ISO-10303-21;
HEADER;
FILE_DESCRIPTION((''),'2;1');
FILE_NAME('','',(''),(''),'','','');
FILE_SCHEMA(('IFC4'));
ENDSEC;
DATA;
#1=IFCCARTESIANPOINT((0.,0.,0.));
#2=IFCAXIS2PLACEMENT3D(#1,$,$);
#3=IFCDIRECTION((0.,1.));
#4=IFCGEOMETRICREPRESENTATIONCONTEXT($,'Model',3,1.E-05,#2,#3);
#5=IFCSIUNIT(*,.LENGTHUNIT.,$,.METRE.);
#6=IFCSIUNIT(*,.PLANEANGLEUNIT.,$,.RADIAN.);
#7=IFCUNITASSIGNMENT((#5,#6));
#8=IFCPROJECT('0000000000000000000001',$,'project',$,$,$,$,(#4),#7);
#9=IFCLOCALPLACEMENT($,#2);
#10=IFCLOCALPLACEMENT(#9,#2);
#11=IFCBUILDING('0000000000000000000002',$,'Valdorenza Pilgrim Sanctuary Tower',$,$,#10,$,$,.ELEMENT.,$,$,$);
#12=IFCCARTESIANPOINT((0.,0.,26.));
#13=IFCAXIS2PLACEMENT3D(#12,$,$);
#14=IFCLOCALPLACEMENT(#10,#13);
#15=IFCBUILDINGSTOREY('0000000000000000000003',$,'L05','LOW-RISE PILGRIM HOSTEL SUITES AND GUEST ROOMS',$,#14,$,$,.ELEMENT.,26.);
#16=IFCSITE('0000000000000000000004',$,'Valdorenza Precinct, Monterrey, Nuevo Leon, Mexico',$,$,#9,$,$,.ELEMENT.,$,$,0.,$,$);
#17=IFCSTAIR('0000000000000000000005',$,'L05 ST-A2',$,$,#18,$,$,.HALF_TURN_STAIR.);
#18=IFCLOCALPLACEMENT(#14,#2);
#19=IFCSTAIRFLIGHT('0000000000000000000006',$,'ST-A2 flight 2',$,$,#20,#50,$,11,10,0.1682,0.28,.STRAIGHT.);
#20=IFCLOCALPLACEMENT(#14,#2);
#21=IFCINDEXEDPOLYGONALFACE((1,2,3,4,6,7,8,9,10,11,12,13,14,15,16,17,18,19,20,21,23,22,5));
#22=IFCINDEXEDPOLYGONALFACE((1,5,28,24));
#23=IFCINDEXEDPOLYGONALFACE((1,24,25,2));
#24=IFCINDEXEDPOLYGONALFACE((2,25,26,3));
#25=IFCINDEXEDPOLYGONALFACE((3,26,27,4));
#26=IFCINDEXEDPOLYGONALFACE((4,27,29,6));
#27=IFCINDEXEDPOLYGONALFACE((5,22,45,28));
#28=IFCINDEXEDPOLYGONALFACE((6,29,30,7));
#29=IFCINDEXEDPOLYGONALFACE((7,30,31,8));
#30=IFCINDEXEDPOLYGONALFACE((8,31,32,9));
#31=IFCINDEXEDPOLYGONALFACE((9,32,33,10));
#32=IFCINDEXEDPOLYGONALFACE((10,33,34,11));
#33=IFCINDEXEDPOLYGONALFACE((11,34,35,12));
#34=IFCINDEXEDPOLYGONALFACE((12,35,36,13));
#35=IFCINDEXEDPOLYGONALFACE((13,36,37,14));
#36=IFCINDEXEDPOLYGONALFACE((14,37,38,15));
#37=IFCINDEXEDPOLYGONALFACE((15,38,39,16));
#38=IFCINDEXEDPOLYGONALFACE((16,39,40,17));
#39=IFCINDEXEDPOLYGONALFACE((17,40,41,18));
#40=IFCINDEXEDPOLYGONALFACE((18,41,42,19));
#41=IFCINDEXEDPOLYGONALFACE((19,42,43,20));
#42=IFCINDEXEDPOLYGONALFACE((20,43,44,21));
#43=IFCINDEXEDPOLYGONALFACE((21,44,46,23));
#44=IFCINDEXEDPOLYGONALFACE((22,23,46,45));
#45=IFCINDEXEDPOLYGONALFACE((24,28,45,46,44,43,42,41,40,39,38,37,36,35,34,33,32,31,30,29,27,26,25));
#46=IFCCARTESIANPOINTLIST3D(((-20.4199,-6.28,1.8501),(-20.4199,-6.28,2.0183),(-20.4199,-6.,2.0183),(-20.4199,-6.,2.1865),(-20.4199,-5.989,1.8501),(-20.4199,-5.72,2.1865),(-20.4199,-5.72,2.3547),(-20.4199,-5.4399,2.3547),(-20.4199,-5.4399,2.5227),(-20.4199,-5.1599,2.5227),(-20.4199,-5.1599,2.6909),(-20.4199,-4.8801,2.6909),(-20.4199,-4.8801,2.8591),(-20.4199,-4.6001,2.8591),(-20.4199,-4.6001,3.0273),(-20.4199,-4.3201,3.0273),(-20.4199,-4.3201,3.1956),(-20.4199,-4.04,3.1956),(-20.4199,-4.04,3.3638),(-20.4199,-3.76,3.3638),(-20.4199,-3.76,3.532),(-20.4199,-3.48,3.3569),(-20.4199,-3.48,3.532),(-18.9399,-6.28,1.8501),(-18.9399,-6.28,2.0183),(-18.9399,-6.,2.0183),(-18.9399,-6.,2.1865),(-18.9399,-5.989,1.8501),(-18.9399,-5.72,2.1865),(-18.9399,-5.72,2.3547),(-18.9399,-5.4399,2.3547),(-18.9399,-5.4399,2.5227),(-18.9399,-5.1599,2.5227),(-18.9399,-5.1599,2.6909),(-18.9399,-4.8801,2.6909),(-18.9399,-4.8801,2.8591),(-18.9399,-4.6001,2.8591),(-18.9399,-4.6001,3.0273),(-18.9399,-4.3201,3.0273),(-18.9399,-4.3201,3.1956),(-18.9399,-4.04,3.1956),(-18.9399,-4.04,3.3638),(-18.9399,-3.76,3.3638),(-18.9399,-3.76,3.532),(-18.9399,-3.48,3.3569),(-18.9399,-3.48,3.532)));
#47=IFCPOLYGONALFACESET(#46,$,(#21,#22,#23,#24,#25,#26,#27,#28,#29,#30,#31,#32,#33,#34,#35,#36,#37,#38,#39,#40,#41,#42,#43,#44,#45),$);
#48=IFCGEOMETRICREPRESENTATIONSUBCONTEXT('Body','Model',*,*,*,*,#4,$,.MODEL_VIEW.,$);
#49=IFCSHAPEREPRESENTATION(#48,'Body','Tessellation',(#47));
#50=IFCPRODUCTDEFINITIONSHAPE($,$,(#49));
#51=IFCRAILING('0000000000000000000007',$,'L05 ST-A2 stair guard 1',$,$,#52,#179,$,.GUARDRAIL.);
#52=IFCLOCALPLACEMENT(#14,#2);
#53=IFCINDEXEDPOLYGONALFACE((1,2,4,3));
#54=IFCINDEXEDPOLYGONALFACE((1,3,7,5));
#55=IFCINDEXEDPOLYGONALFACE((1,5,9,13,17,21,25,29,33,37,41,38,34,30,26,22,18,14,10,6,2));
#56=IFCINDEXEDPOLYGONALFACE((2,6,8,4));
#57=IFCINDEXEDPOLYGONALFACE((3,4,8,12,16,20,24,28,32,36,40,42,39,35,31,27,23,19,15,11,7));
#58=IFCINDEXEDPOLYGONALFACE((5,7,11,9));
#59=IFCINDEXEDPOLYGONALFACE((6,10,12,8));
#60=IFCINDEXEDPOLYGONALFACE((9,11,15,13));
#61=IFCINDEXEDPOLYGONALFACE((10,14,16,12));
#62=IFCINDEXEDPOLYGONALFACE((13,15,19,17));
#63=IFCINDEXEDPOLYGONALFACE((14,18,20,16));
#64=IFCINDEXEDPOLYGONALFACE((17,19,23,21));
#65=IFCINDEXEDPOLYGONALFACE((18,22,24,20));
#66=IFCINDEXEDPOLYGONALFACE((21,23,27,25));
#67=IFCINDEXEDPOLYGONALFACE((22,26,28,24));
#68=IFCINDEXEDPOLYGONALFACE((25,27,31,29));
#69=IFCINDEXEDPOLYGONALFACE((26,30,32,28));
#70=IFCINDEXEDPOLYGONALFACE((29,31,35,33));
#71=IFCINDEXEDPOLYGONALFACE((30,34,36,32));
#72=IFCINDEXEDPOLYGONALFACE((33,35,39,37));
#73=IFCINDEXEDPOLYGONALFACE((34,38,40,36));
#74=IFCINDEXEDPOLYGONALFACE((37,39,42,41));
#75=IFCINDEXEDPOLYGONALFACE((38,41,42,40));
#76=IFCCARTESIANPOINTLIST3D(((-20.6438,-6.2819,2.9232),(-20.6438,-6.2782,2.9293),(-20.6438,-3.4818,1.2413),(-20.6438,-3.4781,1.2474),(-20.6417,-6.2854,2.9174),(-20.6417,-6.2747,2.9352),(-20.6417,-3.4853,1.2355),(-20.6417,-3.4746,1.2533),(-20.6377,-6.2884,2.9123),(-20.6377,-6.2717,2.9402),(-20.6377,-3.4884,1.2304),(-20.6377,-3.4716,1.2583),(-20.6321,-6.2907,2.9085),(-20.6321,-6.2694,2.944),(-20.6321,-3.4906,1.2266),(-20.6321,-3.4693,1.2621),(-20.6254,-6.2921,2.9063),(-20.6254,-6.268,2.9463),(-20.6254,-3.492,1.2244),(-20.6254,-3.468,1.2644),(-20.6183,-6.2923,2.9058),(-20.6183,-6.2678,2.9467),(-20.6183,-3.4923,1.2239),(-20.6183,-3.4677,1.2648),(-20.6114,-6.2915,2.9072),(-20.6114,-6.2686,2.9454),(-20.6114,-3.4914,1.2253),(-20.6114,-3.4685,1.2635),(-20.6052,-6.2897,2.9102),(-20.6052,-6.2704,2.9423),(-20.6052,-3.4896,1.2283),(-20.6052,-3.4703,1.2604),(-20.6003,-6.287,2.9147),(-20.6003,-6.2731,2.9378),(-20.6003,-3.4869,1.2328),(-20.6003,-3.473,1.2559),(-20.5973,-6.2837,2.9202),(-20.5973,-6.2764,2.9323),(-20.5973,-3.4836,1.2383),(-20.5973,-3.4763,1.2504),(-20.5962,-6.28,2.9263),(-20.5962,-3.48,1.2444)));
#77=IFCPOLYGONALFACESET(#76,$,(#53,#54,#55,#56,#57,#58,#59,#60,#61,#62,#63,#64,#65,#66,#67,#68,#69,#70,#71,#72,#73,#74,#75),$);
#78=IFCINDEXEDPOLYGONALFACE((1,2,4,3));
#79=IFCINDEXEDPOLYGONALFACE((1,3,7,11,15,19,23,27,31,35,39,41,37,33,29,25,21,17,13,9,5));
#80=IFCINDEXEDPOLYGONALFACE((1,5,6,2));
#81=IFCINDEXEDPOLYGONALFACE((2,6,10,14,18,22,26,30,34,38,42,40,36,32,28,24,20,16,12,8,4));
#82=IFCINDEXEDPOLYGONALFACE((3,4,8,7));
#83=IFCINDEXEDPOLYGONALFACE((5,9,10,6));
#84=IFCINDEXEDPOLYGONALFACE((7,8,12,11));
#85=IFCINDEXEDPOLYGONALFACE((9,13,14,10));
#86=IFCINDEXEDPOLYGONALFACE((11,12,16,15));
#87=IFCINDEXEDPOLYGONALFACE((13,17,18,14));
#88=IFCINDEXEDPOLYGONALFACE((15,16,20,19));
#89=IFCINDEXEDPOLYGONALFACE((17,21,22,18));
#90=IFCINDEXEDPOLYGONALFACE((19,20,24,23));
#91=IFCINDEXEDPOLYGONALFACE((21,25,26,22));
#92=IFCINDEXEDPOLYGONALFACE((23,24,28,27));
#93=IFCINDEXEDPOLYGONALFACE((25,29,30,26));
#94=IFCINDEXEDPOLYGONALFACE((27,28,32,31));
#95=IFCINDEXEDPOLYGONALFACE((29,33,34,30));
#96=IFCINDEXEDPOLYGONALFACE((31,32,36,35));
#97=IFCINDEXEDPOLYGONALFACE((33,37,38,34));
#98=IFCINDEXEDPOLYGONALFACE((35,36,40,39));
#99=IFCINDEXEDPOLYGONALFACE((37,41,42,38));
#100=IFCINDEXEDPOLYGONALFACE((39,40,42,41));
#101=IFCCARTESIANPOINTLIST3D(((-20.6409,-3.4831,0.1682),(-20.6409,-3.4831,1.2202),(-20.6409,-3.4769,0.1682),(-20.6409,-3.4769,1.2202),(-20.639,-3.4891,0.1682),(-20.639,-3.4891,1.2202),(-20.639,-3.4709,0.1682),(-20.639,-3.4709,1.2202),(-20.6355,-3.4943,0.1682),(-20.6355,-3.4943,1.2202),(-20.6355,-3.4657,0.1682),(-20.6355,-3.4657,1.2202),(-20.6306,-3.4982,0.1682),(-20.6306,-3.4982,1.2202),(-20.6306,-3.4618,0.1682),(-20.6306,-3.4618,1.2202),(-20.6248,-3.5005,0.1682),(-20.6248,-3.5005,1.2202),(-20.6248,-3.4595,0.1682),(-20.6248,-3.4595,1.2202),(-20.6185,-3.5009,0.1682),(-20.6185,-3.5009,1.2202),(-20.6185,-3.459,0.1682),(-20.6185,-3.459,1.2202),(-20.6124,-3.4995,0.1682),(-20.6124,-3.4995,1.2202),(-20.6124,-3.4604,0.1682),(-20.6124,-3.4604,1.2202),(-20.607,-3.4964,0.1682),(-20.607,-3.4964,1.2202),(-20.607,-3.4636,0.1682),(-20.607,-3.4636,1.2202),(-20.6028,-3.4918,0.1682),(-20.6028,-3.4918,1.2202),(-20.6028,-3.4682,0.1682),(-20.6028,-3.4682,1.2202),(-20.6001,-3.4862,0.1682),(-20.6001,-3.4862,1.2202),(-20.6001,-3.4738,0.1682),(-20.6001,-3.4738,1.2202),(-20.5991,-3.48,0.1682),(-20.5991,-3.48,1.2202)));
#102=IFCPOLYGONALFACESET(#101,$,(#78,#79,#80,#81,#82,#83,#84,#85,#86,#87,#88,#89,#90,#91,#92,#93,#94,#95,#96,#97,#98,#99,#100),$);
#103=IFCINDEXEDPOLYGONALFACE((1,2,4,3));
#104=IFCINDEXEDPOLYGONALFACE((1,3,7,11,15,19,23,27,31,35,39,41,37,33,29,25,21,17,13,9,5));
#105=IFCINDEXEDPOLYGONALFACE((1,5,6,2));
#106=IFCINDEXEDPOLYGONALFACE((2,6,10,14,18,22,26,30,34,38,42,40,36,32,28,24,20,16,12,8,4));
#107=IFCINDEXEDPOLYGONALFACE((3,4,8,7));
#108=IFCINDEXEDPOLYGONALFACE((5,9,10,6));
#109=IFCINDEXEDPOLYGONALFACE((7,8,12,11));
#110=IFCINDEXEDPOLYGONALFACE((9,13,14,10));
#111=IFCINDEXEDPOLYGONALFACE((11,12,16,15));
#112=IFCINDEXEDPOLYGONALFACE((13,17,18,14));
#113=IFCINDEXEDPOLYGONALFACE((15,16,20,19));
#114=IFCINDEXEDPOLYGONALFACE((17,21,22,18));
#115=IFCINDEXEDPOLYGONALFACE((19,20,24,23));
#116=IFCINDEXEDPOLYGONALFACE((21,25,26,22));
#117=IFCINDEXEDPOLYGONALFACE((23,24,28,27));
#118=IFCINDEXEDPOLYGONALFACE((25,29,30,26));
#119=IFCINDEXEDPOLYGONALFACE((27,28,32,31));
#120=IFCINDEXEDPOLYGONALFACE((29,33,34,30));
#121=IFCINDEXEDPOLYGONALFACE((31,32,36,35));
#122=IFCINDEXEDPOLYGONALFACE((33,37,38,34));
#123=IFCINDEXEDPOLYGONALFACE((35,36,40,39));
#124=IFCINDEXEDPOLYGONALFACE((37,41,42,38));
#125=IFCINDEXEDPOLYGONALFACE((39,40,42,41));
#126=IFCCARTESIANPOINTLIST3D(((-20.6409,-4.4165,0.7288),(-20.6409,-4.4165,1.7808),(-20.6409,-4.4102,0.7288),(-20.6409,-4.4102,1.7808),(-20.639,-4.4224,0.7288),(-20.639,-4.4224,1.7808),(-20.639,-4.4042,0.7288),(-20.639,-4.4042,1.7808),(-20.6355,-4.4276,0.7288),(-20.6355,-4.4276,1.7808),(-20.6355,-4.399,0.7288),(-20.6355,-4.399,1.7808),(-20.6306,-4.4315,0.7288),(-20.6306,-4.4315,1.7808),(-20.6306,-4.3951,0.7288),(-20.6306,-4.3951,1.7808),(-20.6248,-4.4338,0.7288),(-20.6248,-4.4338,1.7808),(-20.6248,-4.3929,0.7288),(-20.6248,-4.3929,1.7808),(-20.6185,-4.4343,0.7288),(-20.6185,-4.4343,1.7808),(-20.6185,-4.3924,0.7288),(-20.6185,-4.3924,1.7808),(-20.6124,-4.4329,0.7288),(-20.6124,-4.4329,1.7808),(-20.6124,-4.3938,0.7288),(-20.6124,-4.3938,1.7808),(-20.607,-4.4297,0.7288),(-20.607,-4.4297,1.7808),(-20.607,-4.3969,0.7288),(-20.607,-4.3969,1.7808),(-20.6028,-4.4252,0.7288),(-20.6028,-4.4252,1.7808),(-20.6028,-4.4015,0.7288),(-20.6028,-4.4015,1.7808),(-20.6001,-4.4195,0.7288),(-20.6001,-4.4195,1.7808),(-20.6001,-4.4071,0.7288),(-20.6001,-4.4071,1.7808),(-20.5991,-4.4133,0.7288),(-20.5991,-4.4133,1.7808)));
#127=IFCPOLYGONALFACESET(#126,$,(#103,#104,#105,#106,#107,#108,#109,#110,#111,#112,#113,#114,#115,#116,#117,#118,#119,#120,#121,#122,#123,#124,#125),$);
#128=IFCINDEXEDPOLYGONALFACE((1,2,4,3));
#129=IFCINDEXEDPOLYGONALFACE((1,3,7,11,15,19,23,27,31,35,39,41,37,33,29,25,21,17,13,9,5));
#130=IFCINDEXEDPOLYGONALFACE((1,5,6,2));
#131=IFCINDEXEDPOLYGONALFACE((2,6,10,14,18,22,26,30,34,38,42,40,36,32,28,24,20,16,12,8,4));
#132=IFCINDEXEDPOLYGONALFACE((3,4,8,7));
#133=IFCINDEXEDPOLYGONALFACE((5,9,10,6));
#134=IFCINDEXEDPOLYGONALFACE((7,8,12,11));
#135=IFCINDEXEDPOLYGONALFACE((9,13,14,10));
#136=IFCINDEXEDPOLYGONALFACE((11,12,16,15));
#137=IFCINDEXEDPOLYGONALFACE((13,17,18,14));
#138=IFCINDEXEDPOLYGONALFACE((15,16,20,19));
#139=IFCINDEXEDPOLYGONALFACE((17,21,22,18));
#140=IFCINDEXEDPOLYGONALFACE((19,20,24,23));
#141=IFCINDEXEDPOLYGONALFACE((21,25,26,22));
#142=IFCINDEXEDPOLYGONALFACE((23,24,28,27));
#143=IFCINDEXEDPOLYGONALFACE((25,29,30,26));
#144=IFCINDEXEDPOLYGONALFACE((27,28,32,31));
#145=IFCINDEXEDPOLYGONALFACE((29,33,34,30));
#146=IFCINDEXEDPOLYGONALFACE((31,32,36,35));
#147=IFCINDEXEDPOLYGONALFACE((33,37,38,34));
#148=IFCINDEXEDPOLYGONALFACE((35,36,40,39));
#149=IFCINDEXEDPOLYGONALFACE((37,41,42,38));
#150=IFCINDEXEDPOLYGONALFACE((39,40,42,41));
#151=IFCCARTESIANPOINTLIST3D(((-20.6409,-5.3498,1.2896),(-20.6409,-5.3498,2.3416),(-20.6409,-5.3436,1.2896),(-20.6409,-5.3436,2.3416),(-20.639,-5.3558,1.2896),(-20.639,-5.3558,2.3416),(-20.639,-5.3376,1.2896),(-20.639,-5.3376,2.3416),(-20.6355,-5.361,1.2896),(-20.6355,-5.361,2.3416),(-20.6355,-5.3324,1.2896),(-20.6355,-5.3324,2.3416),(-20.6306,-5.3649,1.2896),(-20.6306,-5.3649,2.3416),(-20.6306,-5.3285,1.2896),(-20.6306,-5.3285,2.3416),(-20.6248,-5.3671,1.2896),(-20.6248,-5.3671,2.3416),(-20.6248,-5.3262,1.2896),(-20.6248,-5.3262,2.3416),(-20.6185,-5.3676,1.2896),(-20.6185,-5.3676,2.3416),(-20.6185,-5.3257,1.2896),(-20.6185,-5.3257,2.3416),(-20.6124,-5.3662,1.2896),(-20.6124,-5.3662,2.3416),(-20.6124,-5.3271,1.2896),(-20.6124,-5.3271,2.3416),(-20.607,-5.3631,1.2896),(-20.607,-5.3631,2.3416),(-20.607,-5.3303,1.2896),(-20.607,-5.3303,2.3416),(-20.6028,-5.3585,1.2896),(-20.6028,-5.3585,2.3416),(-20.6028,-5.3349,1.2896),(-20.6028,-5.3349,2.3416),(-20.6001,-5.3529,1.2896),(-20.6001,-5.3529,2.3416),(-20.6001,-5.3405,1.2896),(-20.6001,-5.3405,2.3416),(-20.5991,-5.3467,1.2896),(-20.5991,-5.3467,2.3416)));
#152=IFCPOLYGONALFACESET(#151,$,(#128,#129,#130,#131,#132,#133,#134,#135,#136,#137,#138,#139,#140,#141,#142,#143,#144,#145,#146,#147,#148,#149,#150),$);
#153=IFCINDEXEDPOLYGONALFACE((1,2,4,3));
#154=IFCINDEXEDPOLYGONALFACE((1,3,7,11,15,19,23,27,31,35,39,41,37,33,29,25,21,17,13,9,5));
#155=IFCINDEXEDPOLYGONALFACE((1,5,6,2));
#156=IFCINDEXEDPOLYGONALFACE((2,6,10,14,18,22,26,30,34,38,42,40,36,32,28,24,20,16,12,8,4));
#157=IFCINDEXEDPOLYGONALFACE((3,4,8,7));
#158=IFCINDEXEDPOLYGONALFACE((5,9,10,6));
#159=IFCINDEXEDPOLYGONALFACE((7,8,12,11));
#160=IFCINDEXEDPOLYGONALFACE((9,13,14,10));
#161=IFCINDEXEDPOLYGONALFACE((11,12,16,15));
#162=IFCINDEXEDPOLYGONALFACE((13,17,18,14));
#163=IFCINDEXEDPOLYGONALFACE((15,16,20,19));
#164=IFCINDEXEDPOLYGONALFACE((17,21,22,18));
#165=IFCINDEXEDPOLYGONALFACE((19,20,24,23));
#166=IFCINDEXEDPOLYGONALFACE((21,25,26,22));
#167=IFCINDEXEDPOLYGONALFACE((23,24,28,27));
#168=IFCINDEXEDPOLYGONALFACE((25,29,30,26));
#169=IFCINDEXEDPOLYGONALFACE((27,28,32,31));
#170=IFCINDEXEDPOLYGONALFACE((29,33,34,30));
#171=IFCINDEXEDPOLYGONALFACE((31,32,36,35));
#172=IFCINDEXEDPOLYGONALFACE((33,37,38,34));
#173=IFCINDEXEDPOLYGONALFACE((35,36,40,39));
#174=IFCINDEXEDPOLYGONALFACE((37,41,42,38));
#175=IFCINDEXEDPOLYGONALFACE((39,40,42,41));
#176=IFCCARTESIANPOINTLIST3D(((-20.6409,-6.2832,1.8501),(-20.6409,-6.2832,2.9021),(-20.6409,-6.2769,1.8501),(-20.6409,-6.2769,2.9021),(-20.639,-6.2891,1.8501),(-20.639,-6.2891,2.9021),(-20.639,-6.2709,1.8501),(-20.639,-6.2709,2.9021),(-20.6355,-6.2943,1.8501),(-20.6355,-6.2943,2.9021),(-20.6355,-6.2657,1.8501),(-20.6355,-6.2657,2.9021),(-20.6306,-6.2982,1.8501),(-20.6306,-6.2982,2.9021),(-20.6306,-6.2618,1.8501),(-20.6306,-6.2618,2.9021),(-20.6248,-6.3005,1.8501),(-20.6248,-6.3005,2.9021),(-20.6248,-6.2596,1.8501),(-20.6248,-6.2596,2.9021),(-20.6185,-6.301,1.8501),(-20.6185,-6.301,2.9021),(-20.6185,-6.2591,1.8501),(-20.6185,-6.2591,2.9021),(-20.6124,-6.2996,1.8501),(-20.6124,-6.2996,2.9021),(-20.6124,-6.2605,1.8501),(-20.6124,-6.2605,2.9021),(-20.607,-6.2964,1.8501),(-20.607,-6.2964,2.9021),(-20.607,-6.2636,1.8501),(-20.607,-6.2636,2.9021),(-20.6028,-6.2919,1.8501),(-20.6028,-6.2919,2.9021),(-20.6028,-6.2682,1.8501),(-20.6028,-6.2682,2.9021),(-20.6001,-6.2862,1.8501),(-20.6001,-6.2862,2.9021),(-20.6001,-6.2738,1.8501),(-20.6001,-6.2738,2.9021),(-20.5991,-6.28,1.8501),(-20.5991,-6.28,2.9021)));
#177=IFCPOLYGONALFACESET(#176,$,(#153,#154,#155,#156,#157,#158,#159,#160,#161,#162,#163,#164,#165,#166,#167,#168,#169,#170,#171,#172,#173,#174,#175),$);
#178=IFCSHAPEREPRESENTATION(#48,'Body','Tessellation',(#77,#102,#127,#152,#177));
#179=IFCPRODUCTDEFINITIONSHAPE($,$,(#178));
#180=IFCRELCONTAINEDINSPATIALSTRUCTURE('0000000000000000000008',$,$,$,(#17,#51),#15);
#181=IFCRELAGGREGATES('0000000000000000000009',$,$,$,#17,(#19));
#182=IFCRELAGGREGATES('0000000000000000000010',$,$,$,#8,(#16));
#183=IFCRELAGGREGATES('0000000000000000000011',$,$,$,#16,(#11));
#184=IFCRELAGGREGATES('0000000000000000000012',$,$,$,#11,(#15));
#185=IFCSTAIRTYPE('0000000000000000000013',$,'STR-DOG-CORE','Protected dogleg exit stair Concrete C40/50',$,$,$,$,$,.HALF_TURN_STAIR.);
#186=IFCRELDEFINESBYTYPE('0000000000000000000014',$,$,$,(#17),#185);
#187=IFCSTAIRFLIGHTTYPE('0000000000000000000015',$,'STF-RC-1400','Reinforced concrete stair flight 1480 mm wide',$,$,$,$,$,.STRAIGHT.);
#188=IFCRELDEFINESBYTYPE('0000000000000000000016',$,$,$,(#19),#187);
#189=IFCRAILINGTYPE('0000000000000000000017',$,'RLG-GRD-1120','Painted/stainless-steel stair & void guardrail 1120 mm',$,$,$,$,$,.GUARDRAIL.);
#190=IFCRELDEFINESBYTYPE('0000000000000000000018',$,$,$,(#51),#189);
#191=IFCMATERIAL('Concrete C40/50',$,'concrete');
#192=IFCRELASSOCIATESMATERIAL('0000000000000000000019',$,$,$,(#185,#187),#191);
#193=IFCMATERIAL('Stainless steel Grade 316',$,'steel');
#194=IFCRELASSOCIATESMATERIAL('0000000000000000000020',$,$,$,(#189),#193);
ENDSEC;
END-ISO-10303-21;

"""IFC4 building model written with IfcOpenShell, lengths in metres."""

from ifc_helpers import new_model, si_unit, direction, frame, origin, origin_2d, place, context, subcontext, project, spatial, polyline, circle, outline, extrude, material, type_object, element, aggregate, save


model = new_model("IFC4")

# Units and contexts
model_context = context("Model", 3, precision=1e-05, world=origin(), true_north=direction((0.0, 1.0)))
body_context = subcontext(model_context, "Body", "Model", "MODEL_VIEW")
ifc_project = project(units=[si_unit("LENGTHUNIT", "METRE"), si_unit("PLANEANGLEUNIT", "RADIAN")], contexts=[model_context])

# Site, building, storey
site_placement = place(None, origin())
site = spatial("IfcSite", under=ifc_project, at=site_placement, Name="Valdorenza Precinct, Monterrey, Nuevo Leon, Mexico", CompositionType="ELEMENT", RefElevation=0.0)
building_placement = place(site_placement, origin())
building = spatial("IfcBuilding", under=site, at=building_placement, Name="Valdorenza Pilgrim Sanctuary Tower", CompositionType="ELEMENT")
storey_placement = place(building_placement, frame((0.0, 0.0, 26.0)))
storey = spatial("IfcBuildingStorey", under=building, at=storey_placement, Name="L05", Description="LOW-RISE PILGRIM HOSTEL SUITES AND GUEST ROOMS", CompositionType="ELEMENT", Elevation=26.0)

# Shared definitions
ifc_material_1 = material(Name="Concrete C40/50", Category="concrete")

# Stair, stair flight
stair_type = type_object("IfcStairType", Name="STR-DOG-CORE", Description="Protected dogleg exit stair Concrete C40/50", PredefinedType="HALF_TURN_STAIR", material=ifc_material_1)
stair_placement = place(storey_placement, origin())
stair = element("IfcStair", 1, at=stair_placement, inside=storey, type_object=stair_type, Name="L05 ST-A2", PredefinedType="HALF_TURN_STAIR")
stair_flight_type = type_object("IfcStairFlightType", Name="STF-RC-1400", Description="Reinforced concrete stair flight 1480 mm wide", PredefinedType="STRAIGHT", material=ifc_material_1)
stair_flight_1_placement = place(storey_placement, frame((-19.6799, -6.28, 1.8501), z_axis=(0.0, 0.0, 1.0), x_axis=(0.0, 1.0, 0.0)))
stair_flight_1 = element("IfcStairFlight", 2, at=stair_flight_1_placement, type_object=stair_flight_type, Name="ST-A2 flight 2", NumberOfRisers=11, NumberOfTreads=10, PredefinedType="STRAIGHT", RiserHeight=0.1682, TreadLength=0.28, context=body_context, shape_type="SweptSolid", body=[
    extrude(outline(polyline([(0.0, 0.0), (0.0, 0.1682), (0.28, 0.1682), (0.28, 0.3364), (0.5601, 0.3364), (0.5601, 0.5046), (0.8401, 0.5046), (0.8401, 0.6726), (1.1201, 0.6726), (1.1201, 0.8408), (1.3999, 0.8408), (1.3999, 1.009), (1.6799, 1.009), (1.6799, 1.1772), (1.96, 1.1772), (1.96, 1.3455), (2.24, 1.3455), (2.24, 1.5137), (2.52, 1.5137), (2.52, 1.6819), (2.8, 1.6819), (2.8, 1.8501), (2.8, 1.5068), (0.291, 0.0), (0.0, 0.0)])), frame((0.0, 0.74, 0.0), z_axis=(0.0, -1.0, 0.0), x_axis=(1.0, 0.0, 0.0)), (0.0, 0.0, 1.0), 1.48),
])
aggregate(stair, [stair_flight_1])

# Railing
ifc_material_2 = material(Name="Stainless steel Grade 316", Category="steel")
railing_type_1 = type_object("IfcRailingType", Name="RLG-GRD-1120", Description="Painted/stainless-steel stair & void guardrail 1120 mm", PredefinedType="GUARDRAIL", material=ifc_material_2)
railing_1_placement = place(storey_placement, frame((-20.6201, -3.48, 0.1682)))
element("IfcRailing", 3, at=railing_1_placement, inside=storey, type_object=railing_type_1, Name="L05 ST-A2 stair guard 1", PredefinedType="GUARDRAIL", context=body_context, shape_type="SweptSolid", body=[
    extrude(circle(Radius=0.0239, at=origin_2d()), frame((0.0, 0.0, 1.0762), z_axis=(0.0, -0.857242, 0.514913), x_axis=(1.0, 0.0, 0.0)), (0.0, 0.0, 1.0), 3.2664),
    extrude(circle(Radius=0.021, at=origin_2d()), origin(), (0.0, 0.0, 1.0), 1.052),
    extrude(circle(Radius=0.021, at=origin_2d()), frame((0.0, -0.9333, 0.5605)), (0.0, 0.0, 1.0), 1.052),
    extrude(circle(Radius=0.021, at=origin_2d()), frame((0.0, -1.8667, 1.1213)), (0.0, 0.0, 1.0), 1.052),
    extrude(circle(Radius=0.021, at=origin_2d()), frame((0.0, -2.8, 1.6819)), (0.0, 0.0, 1.0), 1.052),
])

save(model, "model.ifc")
